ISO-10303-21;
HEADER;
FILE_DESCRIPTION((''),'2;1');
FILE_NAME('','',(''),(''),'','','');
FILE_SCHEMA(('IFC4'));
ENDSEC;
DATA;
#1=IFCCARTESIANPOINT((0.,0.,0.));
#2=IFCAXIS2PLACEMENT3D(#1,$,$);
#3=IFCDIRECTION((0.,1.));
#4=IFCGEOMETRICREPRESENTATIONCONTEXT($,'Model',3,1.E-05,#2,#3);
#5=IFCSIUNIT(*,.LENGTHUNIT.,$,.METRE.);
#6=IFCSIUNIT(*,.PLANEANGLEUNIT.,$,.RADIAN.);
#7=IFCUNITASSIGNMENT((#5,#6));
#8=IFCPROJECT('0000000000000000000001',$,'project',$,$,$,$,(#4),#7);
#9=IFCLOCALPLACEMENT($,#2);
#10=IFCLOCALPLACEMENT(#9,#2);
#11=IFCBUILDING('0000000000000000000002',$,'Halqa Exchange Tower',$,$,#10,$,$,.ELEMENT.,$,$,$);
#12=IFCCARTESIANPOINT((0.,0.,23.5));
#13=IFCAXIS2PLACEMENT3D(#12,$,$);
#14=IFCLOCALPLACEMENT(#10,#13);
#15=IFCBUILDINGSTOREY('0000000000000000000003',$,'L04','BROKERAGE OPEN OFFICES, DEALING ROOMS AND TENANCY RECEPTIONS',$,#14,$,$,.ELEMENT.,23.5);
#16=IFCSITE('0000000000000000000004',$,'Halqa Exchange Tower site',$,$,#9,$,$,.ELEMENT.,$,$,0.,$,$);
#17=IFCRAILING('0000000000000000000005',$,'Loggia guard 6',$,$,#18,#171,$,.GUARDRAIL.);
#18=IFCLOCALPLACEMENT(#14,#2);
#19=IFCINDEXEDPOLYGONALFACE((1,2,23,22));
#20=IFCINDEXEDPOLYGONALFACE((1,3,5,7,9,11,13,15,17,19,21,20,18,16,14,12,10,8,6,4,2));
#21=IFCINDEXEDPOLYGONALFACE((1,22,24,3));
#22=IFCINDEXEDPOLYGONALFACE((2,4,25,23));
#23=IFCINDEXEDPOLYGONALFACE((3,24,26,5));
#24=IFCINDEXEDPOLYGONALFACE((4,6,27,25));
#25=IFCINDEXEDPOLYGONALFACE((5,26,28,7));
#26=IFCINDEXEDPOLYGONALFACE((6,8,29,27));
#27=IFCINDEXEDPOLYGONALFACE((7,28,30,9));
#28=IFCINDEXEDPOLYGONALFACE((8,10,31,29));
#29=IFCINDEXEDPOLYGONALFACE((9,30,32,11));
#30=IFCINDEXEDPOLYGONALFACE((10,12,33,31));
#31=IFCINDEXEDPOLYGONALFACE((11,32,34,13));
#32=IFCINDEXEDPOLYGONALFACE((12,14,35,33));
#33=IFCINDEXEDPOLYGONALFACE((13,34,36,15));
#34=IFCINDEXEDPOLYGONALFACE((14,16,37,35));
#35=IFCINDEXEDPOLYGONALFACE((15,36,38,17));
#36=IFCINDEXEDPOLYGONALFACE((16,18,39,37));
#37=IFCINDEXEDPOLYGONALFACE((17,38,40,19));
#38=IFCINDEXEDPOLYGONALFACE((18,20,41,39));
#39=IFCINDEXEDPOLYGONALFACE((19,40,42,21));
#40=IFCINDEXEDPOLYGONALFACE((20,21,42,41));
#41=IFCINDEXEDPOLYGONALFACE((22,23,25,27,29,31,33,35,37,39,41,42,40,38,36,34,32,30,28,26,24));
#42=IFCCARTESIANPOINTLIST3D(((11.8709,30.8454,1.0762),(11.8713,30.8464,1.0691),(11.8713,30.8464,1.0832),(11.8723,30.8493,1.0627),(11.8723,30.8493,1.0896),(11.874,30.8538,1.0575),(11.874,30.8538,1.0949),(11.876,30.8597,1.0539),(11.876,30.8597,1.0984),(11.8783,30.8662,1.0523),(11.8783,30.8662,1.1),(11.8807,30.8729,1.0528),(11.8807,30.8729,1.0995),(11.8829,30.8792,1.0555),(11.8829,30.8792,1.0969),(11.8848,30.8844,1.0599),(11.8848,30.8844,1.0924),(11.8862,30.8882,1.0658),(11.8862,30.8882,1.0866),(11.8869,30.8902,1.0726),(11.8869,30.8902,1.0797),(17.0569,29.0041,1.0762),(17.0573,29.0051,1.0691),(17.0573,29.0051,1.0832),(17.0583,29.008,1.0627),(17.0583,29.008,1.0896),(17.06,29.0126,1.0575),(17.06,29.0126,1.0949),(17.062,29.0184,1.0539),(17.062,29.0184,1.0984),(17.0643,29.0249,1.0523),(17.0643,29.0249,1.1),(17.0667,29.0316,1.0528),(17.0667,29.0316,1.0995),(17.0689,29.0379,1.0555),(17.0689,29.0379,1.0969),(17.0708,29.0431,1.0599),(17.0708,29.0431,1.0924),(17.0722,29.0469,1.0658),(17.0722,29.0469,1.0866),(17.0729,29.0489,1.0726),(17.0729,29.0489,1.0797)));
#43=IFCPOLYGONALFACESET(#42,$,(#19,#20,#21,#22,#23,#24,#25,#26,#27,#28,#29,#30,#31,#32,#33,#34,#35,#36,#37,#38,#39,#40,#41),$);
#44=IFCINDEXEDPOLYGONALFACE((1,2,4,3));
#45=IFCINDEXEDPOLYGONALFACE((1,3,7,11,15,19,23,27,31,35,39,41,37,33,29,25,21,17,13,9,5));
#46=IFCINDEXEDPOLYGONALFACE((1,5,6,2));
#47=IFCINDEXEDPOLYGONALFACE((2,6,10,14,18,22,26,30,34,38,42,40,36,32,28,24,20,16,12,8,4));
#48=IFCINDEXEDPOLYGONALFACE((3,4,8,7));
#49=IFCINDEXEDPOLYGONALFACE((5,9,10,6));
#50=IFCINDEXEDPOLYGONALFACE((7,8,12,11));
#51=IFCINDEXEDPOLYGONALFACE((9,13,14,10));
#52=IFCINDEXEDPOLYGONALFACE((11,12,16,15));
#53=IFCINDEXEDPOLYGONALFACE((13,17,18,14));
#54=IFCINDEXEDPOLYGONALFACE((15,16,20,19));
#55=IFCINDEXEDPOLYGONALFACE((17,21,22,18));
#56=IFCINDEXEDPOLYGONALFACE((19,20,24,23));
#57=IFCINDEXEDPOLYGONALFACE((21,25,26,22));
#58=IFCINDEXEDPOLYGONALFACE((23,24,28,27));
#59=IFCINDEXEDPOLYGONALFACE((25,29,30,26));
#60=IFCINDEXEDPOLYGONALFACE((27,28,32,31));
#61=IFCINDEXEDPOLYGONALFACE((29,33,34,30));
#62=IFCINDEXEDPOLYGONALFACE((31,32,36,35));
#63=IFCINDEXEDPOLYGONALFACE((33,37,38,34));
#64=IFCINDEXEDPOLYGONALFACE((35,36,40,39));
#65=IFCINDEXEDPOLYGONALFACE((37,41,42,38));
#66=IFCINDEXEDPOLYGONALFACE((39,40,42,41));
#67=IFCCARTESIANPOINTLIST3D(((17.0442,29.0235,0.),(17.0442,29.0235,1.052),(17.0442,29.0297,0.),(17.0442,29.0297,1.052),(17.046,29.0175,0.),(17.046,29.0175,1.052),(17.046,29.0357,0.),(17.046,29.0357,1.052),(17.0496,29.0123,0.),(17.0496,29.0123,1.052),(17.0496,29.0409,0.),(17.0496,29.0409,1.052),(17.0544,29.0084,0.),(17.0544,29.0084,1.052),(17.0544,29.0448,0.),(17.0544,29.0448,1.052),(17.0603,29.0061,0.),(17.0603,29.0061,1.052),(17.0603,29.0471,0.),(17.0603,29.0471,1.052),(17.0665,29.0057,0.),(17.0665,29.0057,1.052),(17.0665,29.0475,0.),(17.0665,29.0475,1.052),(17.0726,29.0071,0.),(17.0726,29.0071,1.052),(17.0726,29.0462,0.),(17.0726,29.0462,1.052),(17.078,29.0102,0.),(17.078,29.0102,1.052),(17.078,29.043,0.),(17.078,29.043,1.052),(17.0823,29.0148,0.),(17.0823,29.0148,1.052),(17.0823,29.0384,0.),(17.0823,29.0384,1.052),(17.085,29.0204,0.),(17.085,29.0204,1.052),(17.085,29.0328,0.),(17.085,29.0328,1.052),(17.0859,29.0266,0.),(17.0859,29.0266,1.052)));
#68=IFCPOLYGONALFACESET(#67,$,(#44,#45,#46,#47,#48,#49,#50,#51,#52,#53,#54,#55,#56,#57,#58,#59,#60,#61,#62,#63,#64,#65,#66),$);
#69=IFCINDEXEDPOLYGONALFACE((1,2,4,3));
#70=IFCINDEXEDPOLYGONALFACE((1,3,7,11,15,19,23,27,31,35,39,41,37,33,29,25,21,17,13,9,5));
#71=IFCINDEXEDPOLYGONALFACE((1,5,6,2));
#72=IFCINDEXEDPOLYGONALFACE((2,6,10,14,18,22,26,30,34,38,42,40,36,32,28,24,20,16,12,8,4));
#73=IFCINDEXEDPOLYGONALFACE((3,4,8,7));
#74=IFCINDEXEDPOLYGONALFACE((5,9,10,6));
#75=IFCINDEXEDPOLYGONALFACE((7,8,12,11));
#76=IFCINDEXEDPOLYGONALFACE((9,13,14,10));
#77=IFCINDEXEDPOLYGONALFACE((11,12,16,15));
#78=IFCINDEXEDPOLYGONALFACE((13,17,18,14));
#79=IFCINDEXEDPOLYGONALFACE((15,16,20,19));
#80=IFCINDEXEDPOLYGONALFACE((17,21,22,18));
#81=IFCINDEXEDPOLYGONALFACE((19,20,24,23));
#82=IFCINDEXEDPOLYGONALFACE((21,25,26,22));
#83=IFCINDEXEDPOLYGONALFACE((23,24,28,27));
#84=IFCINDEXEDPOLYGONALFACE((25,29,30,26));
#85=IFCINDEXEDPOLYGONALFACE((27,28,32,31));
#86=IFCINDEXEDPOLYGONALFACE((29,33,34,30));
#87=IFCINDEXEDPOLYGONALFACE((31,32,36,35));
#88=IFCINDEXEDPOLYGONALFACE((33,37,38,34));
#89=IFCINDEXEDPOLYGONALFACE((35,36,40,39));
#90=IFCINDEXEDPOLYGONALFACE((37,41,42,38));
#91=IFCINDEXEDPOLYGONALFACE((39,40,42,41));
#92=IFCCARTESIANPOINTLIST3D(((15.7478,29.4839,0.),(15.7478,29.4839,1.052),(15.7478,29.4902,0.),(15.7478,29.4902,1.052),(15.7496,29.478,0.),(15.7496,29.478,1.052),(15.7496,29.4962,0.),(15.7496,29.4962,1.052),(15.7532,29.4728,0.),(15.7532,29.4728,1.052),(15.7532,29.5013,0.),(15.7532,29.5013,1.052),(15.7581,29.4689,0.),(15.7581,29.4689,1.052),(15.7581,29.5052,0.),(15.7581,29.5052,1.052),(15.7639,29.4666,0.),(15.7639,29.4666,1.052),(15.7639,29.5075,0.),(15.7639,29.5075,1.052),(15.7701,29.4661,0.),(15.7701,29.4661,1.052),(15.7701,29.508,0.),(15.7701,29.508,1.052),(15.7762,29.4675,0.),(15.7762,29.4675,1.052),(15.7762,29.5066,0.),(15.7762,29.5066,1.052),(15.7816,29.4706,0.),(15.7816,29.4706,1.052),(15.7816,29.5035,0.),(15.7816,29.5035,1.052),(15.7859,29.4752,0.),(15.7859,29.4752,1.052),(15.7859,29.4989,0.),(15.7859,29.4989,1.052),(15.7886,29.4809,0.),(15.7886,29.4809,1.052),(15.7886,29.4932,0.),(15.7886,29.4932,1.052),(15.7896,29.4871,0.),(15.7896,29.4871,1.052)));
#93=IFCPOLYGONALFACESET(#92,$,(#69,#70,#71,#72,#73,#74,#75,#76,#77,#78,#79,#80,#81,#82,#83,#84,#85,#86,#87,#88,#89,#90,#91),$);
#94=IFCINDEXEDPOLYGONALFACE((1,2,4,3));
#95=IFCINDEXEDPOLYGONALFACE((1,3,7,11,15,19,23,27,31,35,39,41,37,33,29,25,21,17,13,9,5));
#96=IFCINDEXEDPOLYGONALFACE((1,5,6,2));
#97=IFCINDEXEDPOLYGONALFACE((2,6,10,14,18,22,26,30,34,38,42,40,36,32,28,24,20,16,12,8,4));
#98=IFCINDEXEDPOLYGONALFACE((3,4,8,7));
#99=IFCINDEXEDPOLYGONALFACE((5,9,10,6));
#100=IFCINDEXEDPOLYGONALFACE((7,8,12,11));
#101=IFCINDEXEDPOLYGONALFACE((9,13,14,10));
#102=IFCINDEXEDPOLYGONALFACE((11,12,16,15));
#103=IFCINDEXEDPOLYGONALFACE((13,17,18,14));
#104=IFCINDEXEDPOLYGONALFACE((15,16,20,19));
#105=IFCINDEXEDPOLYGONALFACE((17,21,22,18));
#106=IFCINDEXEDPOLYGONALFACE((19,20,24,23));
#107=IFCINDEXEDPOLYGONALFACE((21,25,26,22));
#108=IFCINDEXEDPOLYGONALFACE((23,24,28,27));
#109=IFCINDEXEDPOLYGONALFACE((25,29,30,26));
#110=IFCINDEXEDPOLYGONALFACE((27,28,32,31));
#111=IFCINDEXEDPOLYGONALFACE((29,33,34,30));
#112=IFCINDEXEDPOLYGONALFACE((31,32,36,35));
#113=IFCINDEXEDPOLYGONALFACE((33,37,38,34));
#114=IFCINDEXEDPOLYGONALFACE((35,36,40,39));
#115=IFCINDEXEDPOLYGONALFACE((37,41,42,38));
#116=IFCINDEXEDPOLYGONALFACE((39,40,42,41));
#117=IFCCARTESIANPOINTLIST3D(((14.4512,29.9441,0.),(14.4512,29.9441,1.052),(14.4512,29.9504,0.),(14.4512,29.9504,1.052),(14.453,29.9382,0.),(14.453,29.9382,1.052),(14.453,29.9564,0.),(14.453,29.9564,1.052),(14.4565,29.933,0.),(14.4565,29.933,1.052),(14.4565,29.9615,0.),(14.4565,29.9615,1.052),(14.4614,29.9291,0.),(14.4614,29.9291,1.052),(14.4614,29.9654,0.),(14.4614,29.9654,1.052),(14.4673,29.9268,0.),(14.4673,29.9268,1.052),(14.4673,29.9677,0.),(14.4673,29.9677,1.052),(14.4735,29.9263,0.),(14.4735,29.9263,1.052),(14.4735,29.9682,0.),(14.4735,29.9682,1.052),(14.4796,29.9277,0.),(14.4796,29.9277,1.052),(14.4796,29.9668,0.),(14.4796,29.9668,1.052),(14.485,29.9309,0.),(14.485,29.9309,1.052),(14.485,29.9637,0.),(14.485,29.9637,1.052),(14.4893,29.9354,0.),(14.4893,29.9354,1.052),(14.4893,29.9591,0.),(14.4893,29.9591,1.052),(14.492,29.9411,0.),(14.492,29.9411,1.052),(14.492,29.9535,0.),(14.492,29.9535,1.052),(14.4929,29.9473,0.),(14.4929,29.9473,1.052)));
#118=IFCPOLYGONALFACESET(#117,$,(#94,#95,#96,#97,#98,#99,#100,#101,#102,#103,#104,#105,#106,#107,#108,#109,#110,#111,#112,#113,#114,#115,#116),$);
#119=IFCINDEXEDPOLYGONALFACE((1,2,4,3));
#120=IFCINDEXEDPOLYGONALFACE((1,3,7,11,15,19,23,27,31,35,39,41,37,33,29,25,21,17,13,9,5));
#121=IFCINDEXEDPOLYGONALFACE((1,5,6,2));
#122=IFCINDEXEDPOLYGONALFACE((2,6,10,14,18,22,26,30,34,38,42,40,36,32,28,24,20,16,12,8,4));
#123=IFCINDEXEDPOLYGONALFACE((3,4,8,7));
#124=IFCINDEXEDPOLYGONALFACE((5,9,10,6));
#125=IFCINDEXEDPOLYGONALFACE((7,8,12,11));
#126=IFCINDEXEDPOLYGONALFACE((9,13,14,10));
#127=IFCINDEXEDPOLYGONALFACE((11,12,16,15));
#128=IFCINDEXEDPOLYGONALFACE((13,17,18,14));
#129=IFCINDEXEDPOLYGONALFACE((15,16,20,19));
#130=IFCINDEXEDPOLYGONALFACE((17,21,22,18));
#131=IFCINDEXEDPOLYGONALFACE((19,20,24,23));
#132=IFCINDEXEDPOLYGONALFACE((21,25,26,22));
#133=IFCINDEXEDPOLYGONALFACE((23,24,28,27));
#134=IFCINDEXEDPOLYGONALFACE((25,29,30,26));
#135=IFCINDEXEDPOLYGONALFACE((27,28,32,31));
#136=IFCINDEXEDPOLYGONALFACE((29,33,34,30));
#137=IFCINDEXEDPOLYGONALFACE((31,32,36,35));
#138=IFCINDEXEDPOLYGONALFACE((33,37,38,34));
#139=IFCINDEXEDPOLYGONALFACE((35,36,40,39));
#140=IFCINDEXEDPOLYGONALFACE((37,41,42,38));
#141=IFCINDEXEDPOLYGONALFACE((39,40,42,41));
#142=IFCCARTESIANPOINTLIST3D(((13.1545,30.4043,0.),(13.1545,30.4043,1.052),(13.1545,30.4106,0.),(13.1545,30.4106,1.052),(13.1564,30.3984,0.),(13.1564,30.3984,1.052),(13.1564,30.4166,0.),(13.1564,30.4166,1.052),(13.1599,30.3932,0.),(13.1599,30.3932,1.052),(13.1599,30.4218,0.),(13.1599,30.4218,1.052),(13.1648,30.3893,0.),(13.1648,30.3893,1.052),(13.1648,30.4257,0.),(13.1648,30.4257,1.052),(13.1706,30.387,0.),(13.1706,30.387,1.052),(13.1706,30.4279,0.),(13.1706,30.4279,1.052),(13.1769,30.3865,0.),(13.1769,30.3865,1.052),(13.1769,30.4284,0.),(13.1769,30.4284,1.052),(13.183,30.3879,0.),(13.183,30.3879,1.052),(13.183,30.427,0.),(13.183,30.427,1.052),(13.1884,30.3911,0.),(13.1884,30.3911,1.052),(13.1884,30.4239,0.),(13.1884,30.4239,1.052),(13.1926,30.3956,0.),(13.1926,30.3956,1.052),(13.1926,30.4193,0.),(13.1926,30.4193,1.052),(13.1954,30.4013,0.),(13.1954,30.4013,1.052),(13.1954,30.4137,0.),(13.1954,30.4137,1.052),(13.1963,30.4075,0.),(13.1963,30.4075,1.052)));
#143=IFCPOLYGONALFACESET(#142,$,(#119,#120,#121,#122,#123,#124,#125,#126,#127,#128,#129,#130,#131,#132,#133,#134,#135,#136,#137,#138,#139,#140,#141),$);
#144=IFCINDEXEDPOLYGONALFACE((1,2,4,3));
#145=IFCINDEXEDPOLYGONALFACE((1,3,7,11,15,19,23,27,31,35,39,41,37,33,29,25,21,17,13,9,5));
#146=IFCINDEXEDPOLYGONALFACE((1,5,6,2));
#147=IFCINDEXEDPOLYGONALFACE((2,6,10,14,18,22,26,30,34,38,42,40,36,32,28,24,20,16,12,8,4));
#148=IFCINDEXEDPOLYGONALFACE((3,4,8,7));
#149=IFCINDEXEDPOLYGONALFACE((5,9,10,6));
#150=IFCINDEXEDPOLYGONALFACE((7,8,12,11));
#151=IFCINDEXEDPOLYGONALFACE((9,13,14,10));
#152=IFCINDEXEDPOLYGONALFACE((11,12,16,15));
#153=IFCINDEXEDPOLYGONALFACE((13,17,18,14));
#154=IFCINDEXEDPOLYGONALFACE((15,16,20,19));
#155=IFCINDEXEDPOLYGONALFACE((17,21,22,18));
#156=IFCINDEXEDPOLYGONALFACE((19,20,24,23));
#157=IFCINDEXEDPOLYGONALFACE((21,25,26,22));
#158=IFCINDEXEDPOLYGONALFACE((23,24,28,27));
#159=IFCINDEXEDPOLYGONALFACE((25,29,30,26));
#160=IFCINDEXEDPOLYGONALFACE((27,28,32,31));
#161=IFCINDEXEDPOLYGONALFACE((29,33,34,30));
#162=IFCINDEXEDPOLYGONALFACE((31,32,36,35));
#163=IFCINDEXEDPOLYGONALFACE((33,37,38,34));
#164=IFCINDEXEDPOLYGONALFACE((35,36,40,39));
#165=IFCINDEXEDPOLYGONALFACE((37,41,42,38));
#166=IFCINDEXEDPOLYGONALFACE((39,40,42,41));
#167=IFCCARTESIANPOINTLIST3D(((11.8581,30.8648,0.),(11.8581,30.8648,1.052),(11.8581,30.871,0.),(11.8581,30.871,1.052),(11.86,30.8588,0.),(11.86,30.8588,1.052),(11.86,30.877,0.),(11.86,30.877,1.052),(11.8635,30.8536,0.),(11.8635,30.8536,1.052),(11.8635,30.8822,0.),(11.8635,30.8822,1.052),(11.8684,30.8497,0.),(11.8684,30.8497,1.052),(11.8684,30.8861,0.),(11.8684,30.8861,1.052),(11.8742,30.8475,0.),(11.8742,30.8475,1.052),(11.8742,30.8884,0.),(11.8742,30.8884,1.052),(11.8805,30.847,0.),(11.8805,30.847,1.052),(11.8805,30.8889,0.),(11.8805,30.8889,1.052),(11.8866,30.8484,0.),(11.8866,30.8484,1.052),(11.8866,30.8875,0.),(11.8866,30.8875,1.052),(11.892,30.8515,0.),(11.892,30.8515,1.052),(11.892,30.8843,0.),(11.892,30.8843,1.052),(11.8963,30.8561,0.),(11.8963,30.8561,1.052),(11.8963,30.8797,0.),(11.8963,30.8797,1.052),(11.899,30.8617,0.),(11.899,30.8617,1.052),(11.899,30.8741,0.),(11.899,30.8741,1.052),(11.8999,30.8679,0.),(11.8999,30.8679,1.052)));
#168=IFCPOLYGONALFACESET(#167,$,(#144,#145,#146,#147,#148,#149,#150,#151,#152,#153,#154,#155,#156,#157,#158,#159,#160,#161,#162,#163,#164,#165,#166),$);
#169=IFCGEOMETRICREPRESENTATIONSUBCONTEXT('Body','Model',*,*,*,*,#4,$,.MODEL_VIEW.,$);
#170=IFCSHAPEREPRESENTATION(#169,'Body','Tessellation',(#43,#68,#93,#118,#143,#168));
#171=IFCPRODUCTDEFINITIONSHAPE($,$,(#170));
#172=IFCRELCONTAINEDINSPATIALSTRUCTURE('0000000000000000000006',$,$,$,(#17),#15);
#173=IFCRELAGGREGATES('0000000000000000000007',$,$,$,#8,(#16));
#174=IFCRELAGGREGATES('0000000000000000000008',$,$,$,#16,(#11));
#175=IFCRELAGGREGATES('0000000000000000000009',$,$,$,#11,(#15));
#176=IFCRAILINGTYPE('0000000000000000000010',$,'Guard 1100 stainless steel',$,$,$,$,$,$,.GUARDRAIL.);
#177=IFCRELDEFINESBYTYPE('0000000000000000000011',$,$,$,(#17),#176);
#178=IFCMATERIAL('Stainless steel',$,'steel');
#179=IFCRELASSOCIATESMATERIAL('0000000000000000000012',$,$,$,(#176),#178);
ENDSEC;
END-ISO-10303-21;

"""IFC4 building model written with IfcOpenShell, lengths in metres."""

from ifc_helpers import new_model, si_unit, direction, frame, origin, origin_2d, place, context, subcontext, project, spatial, circle, extrude, material, type_object, element, save


model = new_model("IFC4")

# Units and contexts
model_context = context("Model", 3, precision=1e-05, world=origin(), true_north=direction((0.0, 1.0)))
body_context = subcontext(model_context, "Body", "Model", "MODEL_VIEW")
ifc_project = project(units=[si_unit("LENGTHUNIT", "METRE"), si_unit("PLANEANGLEUNIT", "RADIAN")], contexts=[model_context])

# Site, building, storey
site_placement = place(None, origin())
site = spatial("IfcSite", under=ifc_project, at=site_placement, Name="Halqa Exchange Tower site", CompositionType="ELEMENT", RefElevation=0.0)
building_placement = place(site_placement, origin())
building = spatial("IfcBuilding", under=site, at=building_placement, Name="Halqa Exchange Tower", CompositionType="ELEMENT")
storey_placement = place(building_placement, frame((0.0, 0.0, 23.5)))
storey = spatial("IfcBuildingStorey", under=building, at=storey_placement, Name="L04", Description="BROKERAGE OPEN OFFICES, DEALING ROOMS AND TENANCY RECEPTIONS", CompositionType="ELEMENT", Elevation=23.5)

# Railing
ifc_material_1 = material(Name="Stainless steel", Category="steel")
railing_type = type_object("IfcRailingType", Name="Guard 1100 stainless steel", PredefinedType="GUARDRAIL", material=ifc_material_1)
railing_1_placement = place(storey_placement, frame((17.0649, 29.0266, 0.0)))
element("IfcRailing", 1, at=railing_1_placement, inside=storey, type_object=railing_type, Name="Loggia guard 6", PredefinedType="GUARDRAIL", context=body_context, shape_type="SweptSolid", body=[
    extrude(circle(Radius=0.0239, at=origin_2d()), frame((0.0, 0.0, 1.0762), z_axis=(-0.942365, 0.334588, 0.0), x_axis=(-0.334588, -0.942365, 0.0)), (0.0, 0.0, 1.0), 5.5032),
    extrude(circle(Radius=0.021, at=origin_2d()), origin(), (0.0, 0.0, 1.0), 1.052),
    extrude(circle(Radius=0.021, at=origin_2d()), frame((-1.2964, 0.4604, 0.0)), (0.0, 0.0, 1.0), 1.052),
    extrude(circle(Radius=0.021, at=origin_2d()), frame((-2.593, 0.9207, 0.0)), (0.0, 0.0, 1.0), 1.052),
    extrude(circle(Radius=0.021, at=origin_2d()), frame((-3.8896, 1.3809, 0.0)), (0.0, 0.0, 1.0), 1.052),
    extrude(circle(Radius=0.021, at=origin_2d()), frame((-5.186, 1.8413, 0.0)), (0.0, 0.0, 1.0), 1.052),
])

save(model, "model.ifc")
